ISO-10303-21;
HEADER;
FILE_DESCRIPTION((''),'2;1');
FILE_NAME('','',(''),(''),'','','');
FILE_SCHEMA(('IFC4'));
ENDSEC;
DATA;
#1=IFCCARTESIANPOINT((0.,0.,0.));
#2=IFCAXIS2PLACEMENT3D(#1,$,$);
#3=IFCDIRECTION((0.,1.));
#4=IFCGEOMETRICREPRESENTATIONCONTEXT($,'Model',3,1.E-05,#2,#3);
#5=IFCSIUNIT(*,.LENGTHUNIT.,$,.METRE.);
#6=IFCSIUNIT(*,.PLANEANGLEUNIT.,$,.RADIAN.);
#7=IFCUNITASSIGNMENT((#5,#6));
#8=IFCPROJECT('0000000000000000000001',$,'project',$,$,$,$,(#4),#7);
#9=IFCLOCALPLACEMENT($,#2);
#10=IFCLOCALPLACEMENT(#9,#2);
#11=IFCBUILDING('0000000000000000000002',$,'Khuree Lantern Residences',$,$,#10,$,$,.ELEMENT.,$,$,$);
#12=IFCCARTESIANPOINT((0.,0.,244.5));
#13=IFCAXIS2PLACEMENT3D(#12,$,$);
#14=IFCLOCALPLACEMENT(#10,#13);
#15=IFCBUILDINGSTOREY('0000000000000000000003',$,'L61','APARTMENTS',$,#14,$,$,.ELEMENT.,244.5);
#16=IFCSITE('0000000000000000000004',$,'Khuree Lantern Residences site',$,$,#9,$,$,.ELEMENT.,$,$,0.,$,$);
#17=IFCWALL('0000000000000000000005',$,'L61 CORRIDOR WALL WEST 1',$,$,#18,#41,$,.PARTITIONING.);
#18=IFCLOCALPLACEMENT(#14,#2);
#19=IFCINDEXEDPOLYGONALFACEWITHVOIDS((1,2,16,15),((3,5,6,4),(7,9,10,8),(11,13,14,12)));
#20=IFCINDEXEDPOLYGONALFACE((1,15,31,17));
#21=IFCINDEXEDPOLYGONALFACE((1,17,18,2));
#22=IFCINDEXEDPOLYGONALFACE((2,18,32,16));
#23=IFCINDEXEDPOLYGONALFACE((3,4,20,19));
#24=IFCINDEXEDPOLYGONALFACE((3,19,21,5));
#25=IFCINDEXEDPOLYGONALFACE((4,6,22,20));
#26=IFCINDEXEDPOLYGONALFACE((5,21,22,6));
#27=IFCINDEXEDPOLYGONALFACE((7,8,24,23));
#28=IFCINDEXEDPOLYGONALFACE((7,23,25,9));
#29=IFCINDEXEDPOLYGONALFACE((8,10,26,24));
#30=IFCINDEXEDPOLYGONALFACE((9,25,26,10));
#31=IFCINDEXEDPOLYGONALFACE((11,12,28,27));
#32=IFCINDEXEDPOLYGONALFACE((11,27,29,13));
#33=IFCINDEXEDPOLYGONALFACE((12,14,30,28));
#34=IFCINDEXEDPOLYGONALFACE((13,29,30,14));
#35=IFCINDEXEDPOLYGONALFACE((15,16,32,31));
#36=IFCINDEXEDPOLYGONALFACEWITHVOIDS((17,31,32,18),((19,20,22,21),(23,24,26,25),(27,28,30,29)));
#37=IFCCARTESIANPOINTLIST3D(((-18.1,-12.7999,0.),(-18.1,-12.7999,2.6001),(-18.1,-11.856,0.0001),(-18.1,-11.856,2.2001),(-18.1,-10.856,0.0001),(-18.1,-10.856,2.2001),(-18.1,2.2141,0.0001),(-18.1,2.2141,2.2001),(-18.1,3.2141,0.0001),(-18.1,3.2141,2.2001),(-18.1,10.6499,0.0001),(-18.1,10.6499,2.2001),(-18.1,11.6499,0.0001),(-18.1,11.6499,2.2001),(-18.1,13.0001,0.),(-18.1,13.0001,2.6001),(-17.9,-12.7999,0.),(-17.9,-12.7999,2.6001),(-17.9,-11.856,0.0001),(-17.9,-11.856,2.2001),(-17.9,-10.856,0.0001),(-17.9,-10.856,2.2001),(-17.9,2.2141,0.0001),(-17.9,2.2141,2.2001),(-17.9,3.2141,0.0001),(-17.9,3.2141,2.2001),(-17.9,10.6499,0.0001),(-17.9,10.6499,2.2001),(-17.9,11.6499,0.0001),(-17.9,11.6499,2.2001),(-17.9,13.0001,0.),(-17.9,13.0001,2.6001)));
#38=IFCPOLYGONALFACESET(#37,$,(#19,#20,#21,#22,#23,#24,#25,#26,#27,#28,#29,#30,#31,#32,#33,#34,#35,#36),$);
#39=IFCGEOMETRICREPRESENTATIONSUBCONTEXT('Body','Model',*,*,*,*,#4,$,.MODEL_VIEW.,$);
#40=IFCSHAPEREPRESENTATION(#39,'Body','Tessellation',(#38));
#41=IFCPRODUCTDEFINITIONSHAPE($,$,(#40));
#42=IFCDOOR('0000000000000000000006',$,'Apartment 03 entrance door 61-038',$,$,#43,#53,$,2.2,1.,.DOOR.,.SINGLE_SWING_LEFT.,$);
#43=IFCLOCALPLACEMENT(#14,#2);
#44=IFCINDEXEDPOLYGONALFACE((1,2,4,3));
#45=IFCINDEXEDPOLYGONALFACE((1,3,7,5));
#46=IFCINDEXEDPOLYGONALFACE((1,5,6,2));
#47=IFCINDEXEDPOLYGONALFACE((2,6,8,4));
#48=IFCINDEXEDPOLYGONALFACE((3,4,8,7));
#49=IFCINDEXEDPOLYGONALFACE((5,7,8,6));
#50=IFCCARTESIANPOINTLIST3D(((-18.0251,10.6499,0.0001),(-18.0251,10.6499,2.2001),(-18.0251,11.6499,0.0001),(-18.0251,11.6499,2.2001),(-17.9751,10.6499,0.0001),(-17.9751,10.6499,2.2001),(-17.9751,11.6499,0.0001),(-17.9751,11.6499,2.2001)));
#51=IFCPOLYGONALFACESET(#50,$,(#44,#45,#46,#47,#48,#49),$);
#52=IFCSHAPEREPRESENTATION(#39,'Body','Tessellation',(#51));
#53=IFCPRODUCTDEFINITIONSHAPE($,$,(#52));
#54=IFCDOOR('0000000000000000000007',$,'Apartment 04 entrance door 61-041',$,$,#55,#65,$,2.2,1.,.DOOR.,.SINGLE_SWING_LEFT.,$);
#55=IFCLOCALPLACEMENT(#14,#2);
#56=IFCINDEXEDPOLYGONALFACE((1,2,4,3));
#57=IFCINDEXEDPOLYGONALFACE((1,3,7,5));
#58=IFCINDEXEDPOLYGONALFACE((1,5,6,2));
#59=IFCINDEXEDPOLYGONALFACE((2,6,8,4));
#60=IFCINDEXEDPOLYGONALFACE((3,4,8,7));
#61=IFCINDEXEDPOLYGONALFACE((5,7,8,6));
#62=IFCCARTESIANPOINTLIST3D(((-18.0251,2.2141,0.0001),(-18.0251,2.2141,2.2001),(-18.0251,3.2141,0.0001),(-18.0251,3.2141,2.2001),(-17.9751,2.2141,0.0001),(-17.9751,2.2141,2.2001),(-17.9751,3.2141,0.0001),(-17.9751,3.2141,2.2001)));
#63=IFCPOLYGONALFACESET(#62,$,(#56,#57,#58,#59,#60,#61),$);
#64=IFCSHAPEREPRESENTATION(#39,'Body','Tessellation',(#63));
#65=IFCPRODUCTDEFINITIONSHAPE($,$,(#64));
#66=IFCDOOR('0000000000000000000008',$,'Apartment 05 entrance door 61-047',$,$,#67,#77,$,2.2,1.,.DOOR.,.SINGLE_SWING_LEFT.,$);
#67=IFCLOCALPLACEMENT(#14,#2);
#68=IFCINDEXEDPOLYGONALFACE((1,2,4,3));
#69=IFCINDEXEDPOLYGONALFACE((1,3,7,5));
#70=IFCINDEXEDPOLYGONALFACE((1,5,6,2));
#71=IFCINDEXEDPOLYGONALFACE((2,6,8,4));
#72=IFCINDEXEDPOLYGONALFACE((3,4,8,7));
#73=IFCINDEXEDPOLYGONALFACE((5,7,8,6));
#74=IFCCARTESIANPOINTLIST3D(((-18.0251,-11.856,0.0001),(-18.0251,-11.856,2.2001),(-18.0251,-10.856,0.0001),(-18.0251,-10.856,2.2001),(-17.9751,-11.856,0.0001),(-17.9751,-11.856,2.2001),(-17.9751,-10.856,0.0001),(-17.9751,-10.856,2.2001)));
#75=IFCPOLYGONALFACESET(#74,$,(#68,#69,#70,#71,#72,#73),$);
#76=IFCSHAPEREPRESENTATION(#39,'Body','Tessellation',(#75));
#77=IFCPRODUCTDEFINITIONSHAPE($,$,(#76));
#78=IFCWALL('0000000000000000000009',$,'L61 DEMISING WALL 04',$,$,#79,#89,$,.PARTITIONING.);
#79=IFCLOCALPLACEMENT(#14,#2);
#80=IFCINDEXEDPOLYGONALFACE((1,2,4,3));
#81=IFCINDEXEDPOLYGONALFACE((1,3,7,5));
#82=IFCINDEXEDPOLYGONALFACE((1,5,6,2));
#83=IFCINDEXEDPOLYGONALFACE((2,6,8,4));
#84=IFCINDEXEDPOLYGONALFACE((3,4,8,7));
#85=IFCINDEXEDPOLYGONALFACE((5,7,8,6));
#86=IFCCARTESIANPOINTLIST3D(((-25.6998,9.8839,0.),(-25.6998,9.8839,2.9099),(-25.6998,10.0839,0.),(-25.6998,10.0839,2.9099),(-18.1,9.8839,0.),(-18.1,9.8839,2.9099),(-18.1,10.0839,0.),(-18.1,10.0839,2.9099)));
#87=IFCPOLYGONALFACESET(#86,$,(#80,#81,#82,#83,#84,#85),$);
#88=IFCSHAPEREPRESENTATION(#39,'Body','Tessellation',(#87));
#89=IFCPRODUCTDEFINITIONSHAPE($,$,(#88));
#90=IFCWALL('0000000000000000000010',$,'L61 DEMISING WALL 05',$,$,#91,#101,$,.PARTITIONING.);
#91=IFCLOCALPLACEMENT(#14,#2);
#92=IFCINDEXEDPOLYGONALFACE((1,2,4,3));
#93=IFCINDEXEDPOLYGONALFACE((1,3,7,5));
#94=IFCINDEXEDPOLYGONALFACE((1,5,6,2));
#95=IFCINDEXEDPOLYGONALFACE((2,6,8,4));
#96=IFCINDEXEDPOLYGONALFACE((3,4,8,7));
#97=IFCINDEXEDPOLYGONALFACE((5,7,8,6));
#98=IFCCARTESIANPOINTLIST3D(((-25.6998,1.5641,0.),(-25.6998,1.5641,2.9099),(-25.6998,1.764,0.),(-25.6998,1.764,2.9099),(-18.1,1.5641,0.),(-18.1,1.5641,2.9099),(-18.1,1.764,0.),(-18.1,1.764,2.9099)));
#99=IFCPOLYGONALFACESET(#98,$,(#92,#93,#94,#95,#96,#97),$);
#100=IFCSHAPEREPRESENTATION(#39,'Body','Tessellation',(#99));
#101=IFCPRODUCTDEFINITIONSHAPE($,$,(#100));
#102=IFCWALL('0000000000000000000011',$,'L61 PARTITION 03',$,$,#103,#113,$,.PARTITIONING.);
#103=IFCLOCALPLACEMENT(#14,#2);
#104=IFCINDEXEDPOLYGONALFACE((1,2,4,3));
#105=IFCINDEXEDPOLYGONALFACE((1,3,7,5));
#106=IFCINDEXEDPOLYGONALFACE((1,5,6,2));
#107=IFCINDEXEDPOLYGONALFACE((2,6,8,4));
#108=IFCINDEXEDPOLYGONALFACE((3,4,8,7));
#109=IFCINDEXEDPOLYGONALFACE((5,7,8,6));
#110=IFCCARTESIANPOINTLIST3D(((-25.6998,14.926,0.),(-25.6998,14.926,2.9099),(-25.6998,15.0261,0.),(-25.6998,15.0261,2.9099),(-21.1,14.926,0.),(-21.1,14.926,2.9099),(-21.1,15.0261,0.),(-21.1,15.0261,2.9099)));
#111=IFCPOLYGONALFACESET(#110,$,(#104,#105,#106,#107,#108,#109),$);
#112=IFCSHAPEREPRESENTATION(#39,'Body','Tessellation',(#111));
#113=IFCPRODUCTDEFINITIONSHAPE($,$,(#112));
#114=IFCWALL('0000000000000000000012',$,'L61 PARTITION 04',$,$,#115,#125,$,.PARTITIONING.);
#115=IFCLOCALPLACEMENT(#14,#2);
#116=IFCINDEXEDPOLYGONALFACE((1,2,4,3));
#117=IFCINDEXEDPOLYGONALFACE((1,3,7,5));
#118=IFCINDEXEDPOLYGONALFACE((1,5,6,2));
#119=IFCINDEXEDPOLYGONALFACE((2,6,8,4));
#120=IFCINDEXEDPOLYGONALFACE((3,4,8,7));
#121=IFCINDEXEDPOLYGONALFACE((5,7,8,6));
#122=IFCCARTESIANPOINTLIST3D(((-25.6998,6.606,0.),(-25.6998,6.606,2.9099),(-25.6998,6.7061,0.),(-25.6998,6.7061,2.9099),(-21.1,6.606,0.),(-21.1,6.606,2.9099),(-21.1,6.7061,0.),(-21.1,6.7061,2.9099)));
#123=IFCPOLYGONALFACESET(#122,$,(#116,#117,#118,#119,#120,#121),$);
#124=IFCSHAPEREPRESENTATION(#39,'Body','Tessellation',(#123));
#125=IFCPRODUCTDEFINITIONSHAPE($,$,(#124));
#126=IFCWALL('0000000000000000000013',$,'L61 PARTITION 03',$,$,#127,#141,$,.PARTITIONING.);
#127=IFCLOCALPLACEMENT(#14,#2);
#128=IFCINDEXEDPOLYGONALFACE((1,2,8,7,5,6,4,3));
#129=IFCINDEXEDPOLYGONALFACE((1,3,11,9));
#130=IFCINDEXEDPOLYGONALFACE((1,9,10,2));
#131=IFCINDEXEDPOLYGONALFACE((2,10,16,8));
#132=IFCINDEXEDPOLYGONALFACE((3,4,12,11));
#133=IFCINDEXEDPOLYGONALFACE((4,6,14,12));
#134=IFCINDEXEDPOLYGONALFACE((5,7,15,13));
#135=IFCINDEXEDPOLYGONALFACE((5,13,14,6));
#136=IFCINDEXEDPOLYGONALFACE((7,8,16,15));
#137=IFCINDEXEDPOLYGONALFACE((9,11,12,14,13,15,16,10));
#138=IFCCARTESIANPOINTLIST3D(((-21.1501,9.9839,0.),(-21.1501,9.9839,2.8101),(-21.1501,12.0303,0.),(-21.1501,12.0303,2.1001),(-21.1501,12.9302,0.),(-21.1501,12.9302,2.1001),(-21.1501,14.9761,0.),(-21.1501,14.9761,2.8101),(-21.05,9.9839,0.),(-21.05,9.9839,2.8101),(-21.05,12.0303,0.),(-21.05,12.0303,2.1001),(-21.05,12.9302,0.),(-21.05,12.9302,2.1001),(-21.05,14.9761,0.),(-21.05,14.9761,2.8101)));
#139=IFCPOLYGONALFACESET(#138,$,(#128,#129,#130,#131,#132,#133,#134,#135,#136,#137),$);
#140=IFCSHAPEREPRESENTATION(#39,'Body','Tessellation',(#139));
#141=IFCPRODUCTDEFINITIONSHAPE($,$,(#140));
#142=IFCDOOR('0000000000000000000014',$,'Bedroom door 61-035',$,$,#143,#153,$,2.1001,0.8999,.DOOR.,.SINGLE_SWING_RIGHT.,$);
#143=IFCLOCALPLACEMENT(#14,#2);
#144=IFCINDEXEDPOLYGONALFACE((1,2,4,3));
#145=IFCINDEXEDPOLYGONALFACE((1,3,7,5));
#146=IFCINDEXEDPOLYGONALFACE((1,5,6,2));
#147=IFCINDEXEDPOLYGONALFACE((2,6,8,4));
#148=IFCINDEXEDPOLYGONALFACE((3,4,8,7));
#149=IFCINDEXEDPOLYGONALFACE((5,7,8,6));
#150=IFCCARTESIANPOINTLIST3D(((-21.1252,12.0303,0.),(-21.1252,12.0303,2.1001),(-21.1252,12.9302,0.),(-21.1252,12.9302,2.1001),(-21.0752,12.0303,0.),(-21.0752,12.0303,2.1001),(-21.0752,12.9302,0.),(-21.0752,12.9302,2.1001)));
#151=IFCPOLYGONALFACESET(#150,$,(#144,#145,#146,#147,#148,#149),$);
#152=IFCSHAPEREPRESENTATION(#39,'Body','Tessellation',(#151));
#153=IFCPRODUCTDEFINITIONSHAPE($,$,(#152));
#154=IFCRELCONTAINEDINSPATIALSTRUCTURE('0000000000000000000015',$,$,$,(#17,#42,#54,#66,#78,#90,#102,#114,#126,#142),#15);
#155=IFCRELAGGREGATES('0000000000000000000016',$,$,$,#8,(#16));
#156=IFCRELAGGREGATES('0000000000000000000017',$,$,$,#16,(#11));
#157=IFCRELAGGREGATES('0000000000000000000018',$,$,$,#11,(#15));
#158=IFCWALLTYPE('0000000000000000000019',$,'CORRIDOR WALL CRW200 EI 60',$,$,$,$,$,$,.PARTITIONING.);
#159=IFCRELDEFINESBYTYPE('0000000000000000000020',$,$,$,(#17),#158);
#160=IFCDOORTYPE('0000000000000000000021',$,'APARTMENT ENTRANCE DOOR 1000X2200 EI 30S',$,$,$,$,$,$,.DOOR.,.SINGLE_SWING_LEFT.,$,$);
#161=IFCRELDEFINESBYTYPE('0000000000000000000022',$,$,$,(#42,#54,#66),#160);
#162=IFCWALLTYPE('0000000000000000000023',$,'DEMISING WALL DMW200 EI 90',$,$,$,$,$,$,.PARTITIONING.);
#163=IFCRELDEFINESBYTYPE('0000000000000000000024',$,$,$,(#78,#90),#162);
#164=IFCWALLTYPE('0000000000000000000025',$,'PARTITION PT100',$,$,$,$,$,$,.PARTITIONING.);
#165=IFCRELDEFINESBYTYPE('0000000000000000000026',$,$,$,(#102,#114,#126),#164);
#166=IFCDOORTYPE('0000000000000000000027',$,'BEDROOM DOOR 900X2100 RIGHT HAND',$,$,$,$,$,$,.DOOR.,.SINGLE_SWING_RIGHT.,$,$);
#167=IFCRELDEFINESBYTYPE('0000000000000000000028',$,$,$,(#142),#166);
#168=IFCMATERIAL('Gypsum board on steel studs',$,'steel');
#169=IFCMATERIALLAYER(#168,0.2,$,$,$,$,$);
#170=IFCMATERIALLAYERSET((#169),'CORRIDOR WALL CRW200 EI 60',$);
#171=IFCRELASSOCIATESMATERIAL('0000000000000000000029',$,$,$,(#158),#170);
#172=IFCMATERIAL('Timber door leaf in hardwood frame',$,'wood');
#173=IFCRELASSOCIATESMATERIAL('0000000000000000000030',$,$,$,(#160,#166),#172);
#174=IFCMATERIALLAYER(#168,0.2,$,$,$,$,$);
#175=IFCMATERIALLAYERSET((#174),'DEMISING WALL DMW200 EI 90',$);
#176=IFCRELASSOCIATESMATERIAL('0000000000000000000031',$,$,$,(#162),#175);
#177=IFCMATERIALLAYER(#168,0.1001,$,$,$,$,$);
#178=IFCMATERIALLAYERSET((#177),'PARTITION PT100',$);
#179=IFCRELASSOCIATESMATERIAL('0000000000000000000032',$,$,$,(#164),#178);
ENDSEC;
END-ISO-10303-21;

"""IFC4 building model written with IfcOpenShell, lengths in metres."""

from ifc_helpers import new_model, si_unit, direction, frame, frame_2d, origin, place, context, subcontext, project, spatial, rectangle, extrude, material, layer, layer_set, type_object, element, fill, save


model = new_model("IFC4")

# Units and contexts
model_context = context("Model", 3, precision=1e-05, world=origin(), true_north=direction((0.0, 1.0)))
body_context = subcontext(model_context, "Body", "Model", "MODEL_VIEW")
ifc_project = project(units=[si_unit("LENGTHUNIT", "METRE"), si_unit("PLANEANGLEUNIT", "RADIAN")], contexts=[model_context])

# Site, building, storey
site_placement = place(None, origin())
site = spatial("IfcSite", under=ifc_project, at=site_placement, Name="Khuree Lantern Residences site", CompositionType="ELEMENT", RefElevation=0.0)
building_placement = place(site_placement, origin())
building = spatial("IfcBuilding", under=site, at=building_placement, Name="Khuree Lantern Residences", CompositionType="ELEMENT")
storey_placement = place(building_placement, frame((0.0, 0.0, 244.5)))
storey = spatial("IfcBuildingStorey", under=building, at=storey_placement, Name="L61", Description="APARTMENTS", CompositionType="ELEMENT", Elevation=244.5)

# Shared definitions
ifc_material_1 = material(Name="Timber door leaf in hardwood frame", Category="wood")

# Shared definitions
ifc_material_2 = material(Name="Gypsum board on steel studs", Category="steel")
ifc_layer_1 = layer(ifc_material_2, 0.2)
ifc_layer_set_1 = layer_set([ifc_layer_1], Name="CORRIDOR WALL CRW200 EI 60")
wall_type_1 = type_object("IfcWallType", Name="CORRIDOR WALL CRW200 EI 60", PredefinedType="PARTITIONING", material=ifc_layer_set_1)

# Wall, openings, doors
wall_1_placement = place(storey_placement, frame((-18.0, 13.0, 0.0), z_axis=(0.0, 0.0, 1.0), x_axis=(0.0, -1.0, 0.0)))
wall_1 = element("IfcWall", 1, at=wall_1_placement, inside=storey, type_object=wall_type_1, Name="L61 CORRIDOR WALL WEST 1", PredefinedType="PARTITIONING", context=body_context, shape_type="SweptSolid", body=[
    extrude(rectangle(XDim=25.8, YDim=0.2, at=frame_2d((12.8999, 0.0))), origin(), (0.0, 0.0, 1.0), 2.6001),
])
opening_1_placement = place(wall_1_placement, frame((1.3501, 0.0, 0.0)))
opening_1 = element("IfcOpeningElement", 2, at=opening_1_placement, cuts=wall_1, PredefinedType="OPENING", context=body_context, shape_type="SweptSolid", body=[
    extrude(rectangle(XDim=1.0, YDim=2.2, at=frame_2d((0.5, 1.1001))), frame((0.0, 0.1099, 0.0), z_axis=(0.0, -1.0, 0.0), x_axis=(1.0, 0.0, 0.0)), (0.0, 0.0, 1.0), 0.22),
])
opening_2_placement = place(wall_1_placement, frame((9.7859, 0.0, 0.0)))
opening_2 = element("IfcOpeningElement", 3, at=opening_2_placement, cuts=wall_1, PredefinedType="OPENING", context=body_context, shape_type="SweptSolid", body=[
    extrude(rectangle(XDim=1.0, YDim=2.2, at=frame_2d((0.5, 1.1001))), frame((0.0, 0.1099, 0.0), z_axis=(0.0, -1.0, 0.0), x_axis=(1.0, 0.0, 0.0)), (0.0, 0.0, 1.0), 0.22),
])
opening_3_placement = place(wall_1_placement, frame((23.856, 0.0, 0.0)))
opening_3 = element("IfcOpeningElement", 4, at=opening_3_placement, cuts=wall_1, PredefinedType="OPENING", context=body_context, shape_type="SweptSolid", body=[
    extrude(rectangle(XDim=1.0, YDim=2.2, at=frame_2d((0.5, 1.1001))), frame((0.0, 0.1099, 0.0), z_axis=(0.0, -1.0, 0.0), x_axis=(1.0, 0.0, 0.0)), (0.0, 0.0, 1.0), 0.22),
])
door_type_1 = type_object("IfcDoorType", Name="APARTMENT ENTRANCE DOOR 1000X2200 EI 30S", OperationType="SINGLE_SWING_LEFT", PredefinedType="DOOR", material=ifc_material_1)
door_1_placement = place(opening_1_placement, origin())
door_1 = element("IfcDoor", 5, at=door_1_placement, inside=storey, type_object=door_type_1, Name="Apartment 03 entrance door 61-038", OperationType="SINGLE_SWING_LEFT", OverallHeight=2.2, OverallWidth=1.0, PredefinedType="DOOR", context=body_context, shape_type="SweptSolid", body=[
    extrude(rectangle(XDim=1.0, YDim=2.2, at=frame_2d((0.5, 1.1001))), frame((0.0, 0.0249, 0.0), z_axis=(0.0, -1.0, 0.0), x_axis=(1.0, 0.0, 0.0)), (0.0, 0.0, 1.0), 0.05),
])
fill(opening_1, door_1)
door_2_placement = place(opening_2_placement, origin())
door_2 = element("IfcDoor", 6, at=door_2_placement, inside=storey, type_object=door_type_1, Name="Apartment 04 entrance door 61-041", OperationType="SINGLE_SWING_LEFT", OverallHeight=2.2, OverallWidth=1.0, PredefinedType="DOOR", context=body_context, shape_type="SweptSolid", body=[
    extrude(rectangle(XDim=1.0, YDim=2.2, at=frame_2d((0.5, 1.1001))), frame((0.0, 0.0249, 0.0), z_axis=(0.0, -1.0, 0.0), x_axis=(1.0, 0.0, 0.0)), (0.0, 0.0, 1.0), 0.05),
])
fill(opening_2, door_2)
door_3_placement = place(opening_3_placement, origin())
door_3 = element("IfcDoor", 7, at=door_3_placement, inside=storey, type_object=door_type_1, Name="Apartment 05 entrance door 61-047", OperationType="SINGLE_SWING_LEFT", OverallHeight=2.2, OverallWidth=1.0, PredefinedType="DOOR", context=body_context, shape_type="SweptSolid", body=[
    extrude(rectangle(XDim=1.0, YDim=2.2, at=frame_2d((0.5, 1.1001))), frame((0.0, 0.0249, 0.0), z_axis=(0.0, -1.0, 0.0), x_axis=(1.0, 0.0, 0.0)), (0.0, 0.0, 1.0), 0.05),
])
fill(opening_3, door_3)

# Walls
ifc_layer_2 = layer(ifc_material_2, 0.2)
ifc_layer_set_2 = layer_set([ifc_layer_2], Name="DEMISING WALL DMW200 EI 90")
wall_type_2 = type_object("IfcWallType", Name="DEMISING WALL DMW200 EI 90", PredefinedType="PARTITIONING", material=ifc_layer_set_2)
for number, where, z_axis, x_axis, name in (
    (8, (-18.1001, 9.9839, 0.0), (0.0, 0.0, 1.0), (-1.0, 0.0, 0.0), "L61 DEMISING WALL 04"),
    (9, (-18.1001, 1.6641, 0.0), (0.0, 0.0, 1.0), (-1.0, 0.0, 0.0), "L61 DEMISING WALL 05"),
):
    element("IfcWall", number, at=place(storey_placement, frame(where, z_axis=z_axis, x_axis=x_axis)), inside=storey, type_object=wall_type_2, Name=name, PredefinedType="PARTITIONING", context=body_context, shape_type="SweptSolid", body=[
        extrude(rectangle(XDim=7.5999, YDim=0.2, at=frame_2d((3.7998, 0.0))), origin(), (0.0, 0.0, 1.0), 2.9099),
    ])
ifc_layer_3 = layer(ifc_material_2, 0.1001)
ifc_layer_set_3 = layer_set([ifc_layer_3], Name="PARTITION PT100")
wall_type_3 = type_object("IfcWallType", Name="PARTITION PT100", PredefinedType="PARTITIONING", material=ifc_layer_set_3)
for number, where, z_axis, x_axis, name in (
    (10, (-21.1001, 14.9761, 0.0), (0.0, 0.0, 1.0), (-1.0, 0.0, 0.0), "L61 PARTITION 03"),
    (11, (-21.1001, 6.656, 0.0), (0.0, 0.0, 1.0), (-1.0, 0.0, 0.0), "L61 PARTITION 04"),
):
    element("IfcWall", number, at=place(storey_placement, frame(where, z_axis=z_axis, x_axis=x_axis)), inside=storey, type_object=wall_type_3, Name=name, PredefinedType="PARTITIONING", context=body_context, shape_type="SweptSolid", body=[
        extrude(rectangle(XDim=4.5999, YDim=0.1001, at=frame_2d((2.2998, 0.0))), origin(), (0.0, 0.0, 1.0), 2.9099),
    ])

# Wall, opening, door
wall_2_placement = place(storey_placement, frame((-21.1001, 14.9761, 0.0), z_axis=(0.0, 0.0, 1.0), x_axis=(0.0, -1.0, 0.0)))
wall_2 = element("IfcWall", 12, at=wall_2_placement, inside=storey, type_object=wall_type_3, Name="L61 PARTITION 03", PredefinedType="PARTITIONING", context=body_context, shape_type="SweptSolid", body=[
    extrude(rectangle(XDim=4.9922, YDim=0.1001, at=frame_2d((2.4961, 0.0))), origin(), (0.0, 0.0, 1.0), 2.8101),
])
opening_4_placement = place(wall_2_placement, frame((2.0459, 0.0, 0.0)))
opening_4 = element("IfcOpeningElement", 13, at=opening_4_placement, cuts=wall_2, PredefinedType="OPENING", context=body_context, shape_type="SweptSolid", body=[
    extrude(rectangle(XDim=0.8999, YDim=2.1001, at=frame_2d((0.45, 1.05))), frame((0.0, 0.0601, 0.0), z_axis=(0.0, -1.0, 0.0), x_axis=(1.0, 0.0, 0.0)), (0.0, 0.0, 1.0), 0.1201),
])
door_type_2 = type_object("IfcDoorType", Name="BEDROOM DOOR 900X2100 RIGHT HAND", OperationType="SINGLE_SWING_RIGHT", PredefinedType="DOOR", material=ifc_material_1)
door_4_placement = place(opening_4_placement, origin())
door_4 = element("IfcDoor", 14, at=door_4_placement, inside=storey, type_object=door_type_2, Name="Bedroom door 61-035", OperationType="SINGLE_SWING_RIGHT", OverallHeight=2.1001, OverallWidth=0.8999, PredefinedType="DOOR", context=body_context, shape_type="SweptSolid", body=[
    extrude(rectangle(XDim=0.8999, YDim=2.1001, at=frame_2d((0.45, 1.05))), frame((0.0, 0.0249, 0.0), z_axis=(0.0, -1.0, 0.0), x_axis=(1.0, 0.0, 0.0)), (0.0, 0.0, 1.0), 0.05),
])
fill(opening_4, door_4)

save(model, "model.ifc")
